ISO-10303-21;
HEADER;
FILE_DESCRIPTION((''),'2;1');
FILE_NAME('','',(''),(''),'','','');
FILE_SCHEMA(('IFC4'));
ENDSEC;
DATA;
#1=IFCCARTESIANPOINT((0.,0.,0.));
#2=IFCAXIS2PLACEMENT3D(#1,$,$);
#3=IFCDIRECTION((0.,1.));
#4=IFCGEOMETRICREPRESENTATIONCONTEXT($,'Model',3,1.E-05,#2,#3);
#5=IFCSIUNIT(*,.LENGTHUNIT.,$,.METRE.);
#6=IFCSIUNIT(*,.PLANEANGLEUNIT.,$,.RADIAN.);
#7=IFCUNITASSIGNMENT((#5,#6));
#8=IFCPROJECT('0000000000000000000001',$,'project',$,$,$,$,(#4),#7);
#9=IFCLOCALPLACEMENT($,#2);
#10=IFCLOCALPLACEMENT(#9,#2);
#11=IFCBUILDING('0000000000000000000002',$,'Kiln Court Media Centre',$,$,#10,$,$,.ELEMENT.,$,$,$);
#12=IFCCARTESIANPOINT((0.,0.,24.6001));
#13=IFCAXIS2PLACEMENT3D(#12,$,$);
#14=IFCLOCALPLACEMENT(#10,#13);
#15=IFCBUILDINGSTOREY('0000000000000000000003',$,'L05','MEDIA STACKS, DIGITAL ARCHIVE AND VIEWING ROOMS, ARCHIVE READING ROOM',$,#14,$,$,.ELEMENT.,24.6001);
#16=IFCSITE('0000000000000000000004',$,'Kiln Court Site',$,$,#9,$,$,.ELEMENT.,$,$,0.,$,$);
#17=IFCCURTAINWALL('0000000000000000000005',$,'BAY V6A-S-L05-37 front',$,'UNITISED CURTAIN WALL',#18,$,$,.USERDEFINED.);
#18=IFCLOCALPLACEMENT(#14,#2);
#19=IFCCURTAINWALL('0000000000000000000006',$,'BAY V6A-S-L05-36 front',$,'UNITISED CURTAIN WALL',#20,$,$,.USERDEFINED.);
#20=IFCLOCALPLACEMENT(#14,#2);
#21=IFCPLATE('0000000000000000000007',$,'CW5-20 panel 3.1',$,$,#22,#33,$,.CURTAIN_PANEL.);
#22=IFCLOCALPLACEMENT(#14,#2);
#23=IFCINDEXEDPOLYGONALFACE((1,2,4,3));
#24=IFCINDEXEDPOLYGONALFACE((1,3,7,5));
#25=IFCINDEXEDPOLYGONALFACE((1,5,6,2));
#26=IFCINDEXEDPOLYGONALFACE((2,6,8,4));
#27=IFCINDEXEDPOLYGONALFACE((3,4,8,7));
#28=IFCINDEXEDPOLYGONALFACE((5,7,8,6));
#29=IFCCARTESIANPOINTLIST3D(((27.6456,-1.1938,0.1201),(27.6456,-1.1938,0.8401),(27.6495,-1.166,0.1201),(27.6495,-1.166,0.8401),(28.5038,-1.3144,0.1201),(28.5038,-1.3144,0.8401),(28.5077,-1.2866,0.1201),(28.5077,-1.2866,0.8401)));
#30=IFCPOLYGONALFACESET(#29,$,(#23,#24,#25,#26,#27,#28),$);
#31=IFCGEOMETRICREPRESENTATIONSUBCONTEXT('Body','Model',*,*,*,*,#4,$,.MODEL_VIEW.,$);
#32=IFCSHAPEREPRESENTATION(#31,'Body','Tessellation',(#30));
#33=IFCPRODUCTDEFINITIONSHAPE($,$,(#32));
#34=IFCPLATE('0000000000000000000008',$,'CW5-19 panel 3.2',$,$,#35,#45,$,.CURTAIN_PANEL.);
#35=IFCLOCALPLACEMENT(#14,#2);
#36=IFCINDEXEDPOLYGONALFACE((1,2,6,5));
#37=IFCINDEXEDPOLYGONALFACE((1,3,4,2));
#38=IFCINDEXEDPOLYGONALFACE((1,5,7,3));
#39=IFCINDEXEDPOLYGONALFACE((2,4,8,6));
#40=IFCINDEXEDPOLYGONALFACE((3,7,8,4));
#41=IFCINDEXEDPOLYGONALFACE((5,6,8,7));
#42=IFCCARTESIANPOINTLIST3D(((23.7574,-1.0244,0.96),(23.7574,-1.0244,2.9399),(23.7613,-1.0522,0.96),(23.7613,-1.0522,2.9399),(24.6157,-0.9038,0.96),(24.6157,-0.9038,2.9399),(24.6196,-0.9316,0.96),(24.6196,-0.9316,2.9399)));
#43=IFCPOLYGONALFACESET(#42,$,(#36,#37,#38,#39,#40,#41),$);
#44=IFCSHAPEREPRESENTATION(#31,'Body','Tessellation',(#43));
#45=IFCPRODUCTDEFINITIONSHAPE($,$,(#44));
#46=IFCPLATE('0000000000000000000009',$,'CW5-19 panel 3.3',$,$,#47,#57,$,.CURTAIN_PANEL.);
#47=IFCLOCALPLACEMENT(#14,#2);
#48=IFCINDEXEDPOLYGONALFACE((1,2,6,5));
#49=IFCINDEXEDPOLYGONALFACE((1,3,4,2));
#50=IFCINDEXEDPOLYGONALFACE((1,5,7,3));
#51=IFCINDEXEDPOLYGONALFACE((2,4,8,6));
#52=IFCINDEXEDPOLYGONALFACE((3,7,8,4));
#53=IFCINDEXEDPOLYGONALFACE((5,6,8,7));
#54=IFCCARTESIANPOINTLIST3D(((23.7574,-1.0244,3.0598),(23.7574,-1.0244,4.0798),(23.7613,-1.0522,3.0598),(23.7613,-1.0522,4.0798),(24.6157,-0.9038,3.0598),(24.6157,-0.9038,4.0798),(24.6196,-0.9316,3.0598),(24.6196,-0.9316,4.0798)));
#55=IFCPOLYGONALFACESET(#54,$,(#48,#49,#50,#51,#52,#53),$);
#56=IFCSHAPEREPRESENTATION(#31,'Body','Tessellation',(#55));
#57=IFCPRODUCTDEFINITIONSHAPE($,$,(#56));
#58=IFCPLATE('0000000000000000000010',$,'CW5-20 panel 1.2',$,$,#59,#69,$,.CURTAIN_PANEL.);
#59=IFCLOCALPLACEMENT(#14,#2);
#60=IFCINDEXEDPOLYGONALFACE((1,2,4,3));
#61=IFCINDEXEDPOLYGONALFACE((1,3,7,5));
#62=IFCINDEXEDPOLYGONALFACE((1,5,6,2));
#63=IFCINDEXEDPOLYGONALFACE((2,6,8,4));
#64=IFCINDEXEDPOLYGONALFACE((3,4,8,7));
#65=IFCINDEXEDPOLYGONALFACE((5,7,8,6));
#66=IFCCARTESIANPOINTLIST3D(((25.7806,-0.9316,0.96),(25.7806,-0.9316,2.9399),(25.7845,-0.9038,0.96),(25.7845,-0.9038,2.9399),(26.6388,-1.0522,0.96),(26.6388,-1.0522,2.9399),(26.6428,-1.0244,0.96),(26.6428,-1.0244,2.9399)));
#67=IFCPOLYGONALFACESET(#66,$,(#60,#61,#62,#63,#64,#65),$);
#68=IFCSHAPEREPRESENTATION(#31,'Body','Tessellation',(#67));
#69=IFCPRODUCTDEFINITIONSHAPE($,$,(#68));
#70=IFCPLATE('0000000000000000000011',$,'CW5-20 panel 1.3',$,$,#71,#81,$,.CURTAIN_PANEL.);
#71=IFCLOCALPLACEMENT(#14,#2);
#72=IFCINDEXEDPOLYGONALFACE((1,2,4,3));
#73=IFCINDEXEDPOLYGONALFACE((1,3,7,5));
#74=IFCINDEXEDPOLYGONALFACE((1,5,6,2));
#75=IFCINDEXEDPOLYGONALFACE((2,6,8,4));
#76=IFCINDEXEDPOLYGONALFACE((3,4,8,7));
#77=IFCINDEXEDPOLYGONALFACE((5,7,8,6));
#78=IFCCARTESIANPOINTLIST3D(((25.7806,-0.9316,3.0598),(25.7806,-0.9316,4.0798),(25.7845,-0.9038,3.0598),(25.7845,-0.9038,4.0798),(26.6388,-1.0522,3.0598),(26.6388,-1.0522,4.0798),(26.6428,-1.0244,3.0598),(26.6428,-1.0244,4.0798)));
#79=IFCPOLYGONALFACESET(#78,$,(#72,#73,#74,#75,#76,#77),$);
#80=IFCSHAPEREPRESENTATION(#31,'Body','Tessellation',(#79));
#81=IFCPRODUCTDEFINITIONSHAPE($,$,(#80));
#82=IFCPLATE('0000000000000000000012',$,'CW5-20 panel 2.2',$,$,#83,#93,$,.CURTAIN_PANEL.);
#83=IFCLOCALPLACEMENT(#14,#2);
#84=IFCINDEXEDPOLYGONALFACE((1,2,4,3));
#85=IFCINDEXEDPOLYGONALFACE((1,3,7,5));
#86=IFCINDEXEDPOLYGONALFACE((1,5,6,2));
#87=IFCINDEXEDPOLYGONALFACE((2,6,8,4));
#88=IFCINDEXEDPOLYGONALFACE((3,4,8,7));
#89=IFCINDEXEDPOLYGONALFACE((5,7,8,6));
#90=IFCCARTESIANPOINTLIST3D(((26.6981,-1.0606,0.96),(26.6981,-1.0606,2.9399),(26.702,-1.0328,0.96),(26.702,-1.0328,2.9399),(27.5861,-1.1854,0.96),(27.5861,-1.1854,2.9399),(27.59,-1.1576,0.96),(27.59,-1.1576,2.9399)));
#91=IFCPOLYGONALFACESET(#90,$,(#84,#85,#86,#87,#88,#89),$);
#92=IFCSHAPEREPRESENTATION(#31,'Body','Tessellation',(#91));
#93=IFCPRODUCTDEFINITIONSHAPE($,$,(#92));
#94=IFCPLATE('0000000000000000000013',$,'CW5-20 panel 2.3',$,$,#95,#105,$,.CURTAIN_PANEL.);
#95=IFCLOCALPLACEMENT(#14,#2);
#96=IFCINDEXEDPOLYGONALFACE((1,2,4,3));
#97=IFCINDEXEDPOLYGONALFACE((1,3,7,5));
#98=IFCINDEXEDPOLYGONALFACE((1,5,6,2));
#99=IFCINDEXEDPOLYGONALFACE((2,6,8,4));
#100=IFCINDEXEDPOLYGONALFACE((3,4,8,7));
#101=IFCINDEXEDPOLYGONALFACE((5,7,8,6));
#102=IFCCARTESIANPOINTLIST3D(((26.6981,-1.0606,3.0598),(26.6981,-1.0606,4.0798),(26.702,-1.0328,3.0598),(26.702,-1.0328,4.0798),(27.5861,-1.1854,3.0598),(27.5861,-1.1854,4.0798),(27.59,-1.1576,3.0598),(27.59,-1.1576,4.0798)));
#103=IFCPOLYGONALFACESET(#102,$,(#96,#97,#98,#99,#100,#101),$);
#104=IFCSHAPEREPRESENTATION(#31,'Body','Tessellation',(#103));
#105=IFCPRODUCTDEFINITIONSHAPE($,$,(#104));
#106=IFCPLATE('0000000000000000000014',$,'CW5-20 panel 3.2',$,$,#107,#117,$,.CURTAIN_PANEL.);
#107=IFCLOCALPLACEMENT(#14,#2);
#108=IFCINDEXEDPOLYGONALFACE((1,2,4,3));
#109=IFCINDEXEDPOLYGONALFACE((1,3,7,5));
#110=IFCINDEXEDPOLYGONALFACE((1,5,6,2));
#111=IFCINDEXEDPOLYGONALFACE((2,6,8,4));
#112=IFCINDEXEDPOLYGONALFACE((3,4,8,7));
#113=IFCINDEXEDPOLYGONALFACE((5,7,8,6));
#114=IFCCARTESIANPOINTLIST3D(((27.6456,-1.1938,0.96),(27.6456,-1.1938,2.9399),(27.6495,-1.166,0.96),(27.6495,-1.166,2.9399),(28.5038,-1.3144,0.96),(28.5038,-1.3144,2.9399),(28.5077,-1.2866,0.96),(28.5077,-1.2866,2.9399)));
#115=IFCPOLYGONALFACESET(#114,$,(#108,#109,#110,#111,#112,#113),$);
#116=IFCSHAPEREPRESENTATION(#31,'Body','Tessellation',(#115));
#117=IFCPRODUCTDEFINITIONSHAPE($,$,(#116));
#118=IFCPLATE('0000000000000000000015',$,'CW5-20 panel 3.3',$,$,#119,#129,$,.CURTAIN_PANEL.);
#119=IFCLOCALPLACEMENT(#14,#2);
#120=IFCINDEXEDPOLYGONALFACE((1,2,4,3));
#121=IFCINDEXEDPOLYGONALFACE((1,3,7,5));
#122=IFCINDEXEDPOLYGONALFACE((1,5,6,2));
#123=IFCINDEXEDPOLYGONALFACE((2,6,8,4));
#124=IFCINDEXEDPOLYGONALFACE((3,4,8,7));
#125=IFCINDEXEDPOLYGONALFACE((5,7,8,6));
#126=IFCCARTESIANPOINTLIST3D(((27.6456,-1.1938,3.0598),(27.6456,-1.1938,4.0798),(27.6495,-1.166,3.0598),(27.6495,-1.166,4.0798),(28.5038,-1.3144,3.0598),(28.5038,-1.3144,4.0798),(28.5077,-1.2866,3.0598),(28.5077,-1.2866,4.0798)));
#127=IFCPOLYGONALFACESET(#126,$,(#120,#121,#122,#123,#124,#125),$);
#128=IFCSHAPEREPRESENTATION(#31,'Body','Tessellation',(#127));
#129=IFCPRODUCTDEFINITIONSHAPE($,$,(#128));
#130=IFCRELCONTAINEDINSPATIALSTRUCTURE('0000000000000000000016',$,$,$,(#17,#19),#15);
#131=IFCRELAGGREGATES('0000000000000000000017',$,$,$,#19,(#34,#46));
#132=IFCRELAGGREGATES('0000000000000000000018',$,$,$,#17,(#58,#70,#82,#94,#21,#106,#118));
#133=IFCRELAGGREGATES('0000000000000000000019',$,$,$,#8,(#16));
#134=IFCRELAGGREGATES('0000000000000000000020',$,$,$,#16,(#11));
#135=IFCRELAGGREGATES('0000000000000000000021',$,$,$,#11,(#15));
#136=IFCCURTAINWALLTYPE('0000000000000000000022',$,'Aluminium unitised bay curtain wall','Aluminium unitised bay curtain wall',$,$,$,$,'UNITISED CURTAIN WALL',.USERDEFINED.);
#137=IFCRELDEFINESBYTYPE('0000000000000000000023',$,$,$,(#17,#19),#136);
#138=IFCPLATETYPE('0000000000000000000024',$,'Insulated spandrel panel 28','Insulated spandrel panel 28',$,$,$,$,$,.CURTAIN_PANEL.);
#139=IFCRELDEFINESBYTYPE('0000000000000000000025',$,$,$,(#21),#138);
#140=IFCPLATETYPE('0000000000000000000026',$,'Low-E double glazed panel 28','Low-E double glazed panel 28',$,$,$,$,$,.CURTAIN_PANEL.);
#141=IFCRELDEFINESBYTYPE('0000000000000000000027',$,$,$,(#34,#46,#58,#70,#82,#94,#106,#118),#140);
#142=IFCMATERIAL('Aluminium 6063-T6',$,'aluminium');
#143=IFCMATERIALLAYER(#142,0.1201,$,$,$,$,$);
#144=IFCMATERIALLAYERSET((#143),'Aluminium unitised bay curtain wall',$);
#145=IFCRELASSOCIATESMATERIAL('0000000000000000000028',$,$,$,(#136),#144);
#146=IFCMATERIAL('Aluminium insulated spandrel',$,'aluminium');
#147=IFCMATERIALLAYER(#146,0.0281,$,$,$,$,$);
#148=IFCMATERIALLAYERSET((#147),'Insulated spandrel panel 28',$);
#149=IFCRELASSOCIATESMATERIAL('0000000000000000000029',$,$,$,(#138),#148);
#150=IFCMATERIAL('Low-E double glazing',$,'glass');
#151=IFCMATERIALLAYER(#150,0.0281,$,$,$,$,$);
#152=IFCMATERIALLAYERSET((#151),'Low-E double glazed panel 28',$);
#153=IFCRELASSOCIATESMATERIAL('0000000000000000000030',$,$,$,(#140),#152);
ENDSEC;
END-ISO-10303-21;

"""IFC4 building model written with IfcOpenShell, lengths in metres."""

from ifc_helpers import new_model, si_unit, direction, frame, origin, origin_2d, place, context, subcontext, project, spatial, rectangle, extrude, material, layer, layer_set, type_object, element, aggregate, save


model = new_model("IFC4")

# Units and contexts
model_context = context("Model", 3, precision=1e-05, world=origin(), true_north=direction((0.0, 1.0)))
body_context = subcontext(model_context, "Body", "Model", "MODEL_VIEW")
ifc_project = project(units=[si_unit("LENGTHUNIT", "METRE"), si_unit("PLANEANGLEUNIT", "RADIAN")], contexts=[model_context])

# Site, building, storey
site_placement = place(None, origin())
site = spatial("IfcSite", under=ifc_project, at=site_placement, Name="Kiln Court Site", CompositionType="ELEMENT", RefElevation=0.0)
building_placement = place(site_placement, origin())
building = spatial("IfcBuilding", under=site, at=building_placement, Name="Kiln Court Media Centre", CompositionType="ELEMENT")
storey_placement = place(building_placement, frame((0.0, 0.0, 24.6001)))
storey = spatial("IfcBuildingStorey", under=building, at=storey_placement, Name="L05", Description="MEDIA STACKS, DIGITAL ARCHIVE AND VIEWING ROOMS, ARCHIVE READING ROOM", CompositionType="ELEMENT", Elevation=24.6001)

# Curtain wall
ifc_material_1 = material(Name="Aluminium 6063-T6", Category="aluminium")
ifc_layer_1 = layer(ifc_material_1, 0.1201)
ifc_layer_set_1 = layer_set([ifc_layer_1], Name="Aluminium unitised bay curtain wall")
curtain_wall_type = type_object("IfcCurtainWallType", Name="Aluminium unitised bay curtain wall", Description="Aluminium unitised bay curtain wall", ElementType="UNITISED CURTAIN WALL", PredefinedType="USERDEFINED", material=ifc_layer_set_1)
curtain_wall_1_placement = place(storey_placement, origin())
curtain_wall_1 = element("IfcCurtainWall", 1, at=curtain_wall_1_placement, inside=storey, type_object=curtain_wall_type, Name="BAY V6A-S-L05-37 front", ObjectType="UNITISED CURTAIN WALL", PredefinedType="USERDEFINED")

# Curtain wall
curtain_wall_2_placement = place(storey_placement, origin())
curtain_wall_2 = element("IfcCurtainWall", 2, at=curtain_wall_2_placement, inside=storey, type_object=curtain_wall_type, Name="BAY V6A-S-L05-36 front", ObjectType="UNITISED CURTAIN WALL", PredefinedType="USERDEFINED")
ifc_material_2 = material(Name="Aluminium insulated spandrel", Category="aluminium")
ifc_layer_2 = layer(ifc_material_2, 0.0281)
ifc_layer_set_2 = layer_set([ifc_layer_2], Name="Insulated spandrel panel 28")
plate_type_1 = type_object("IfcPlateType", Name="Insulated spandrel panel 28", Description="Insulated spandrel panel 28", PredefinedType="CURTAIN_PANEL", material=ifc_layer_set_2)

# Plates
plate_1_placement = place(storey_placement, frame((28.0767, -1.2402, 0.1201), z_axis=(0.0, 0.0, 1.0), x_axis=(0.99027, -0.139162, 0.0)))
plate_1 = element("IfcPlate", 3, at=plate_1_placement, type_object=plate_type_1, Name="CW5-20 panel 3.1", PredefinedType="CURTAIN_PANEL", context=body_context, shape_type="SweptSolid", body=[
    extrude(rectangle(XDim=0.8667, YDim=0.0281, at=origin_2d()), origin(), (0.0, 0.0, 1.0), 0.72),
])
ifc_material_3 = material(Name="Low-E double glazing", Category="glass")
ifc_layer_3 = layer(ifc_material_3, 0.0281)
ifc_layer_set_3 = layer_set([ifc_layer_3], Name="Low-E double glazed panel 28")
plate_type_2 = type_object("IfcPlateType", Name="Low-E double glazed panel 28", Description="Low-E double glazed panel 28", PredefinedType="CURTAIN_PANEL", material=ifc_layer_set_3)
plate_2_placement = place(storey_placement, frame((24.1885, -0.978, 0.96), z_axis=(0.0, 0.0, 1.0), x_axis=(0.99027, 0.139162, 0.0)))
plate_2 = element("IfcPlate", 4, at=plate_2_placement, type_object=plate_type_2, Name="CW5-19 panel 3.2", PredefinedType="CURTAIN_PANEL", context=body_context, shape_type="SweptSolid", body=[
    extrude(rectangle(XDim=0.8667, YDim=0.0281, at=origin_2d()), origin(), (0.0, 0.0, 1.0), 1.98),
])
plate_3_placement = place(storey_placement, frame((24.1885, -0.978, 3.0598), z_axis=(0.0, 0.0, 1.0), x_axis=(0.99027, 0.139162, 0.0)))
plate_3 = element("IfcPlate", 5, at=plate_3_placement, type_object=plate_type_2, Name="CW5-19 panel 3.3", PredefinedType="CURTAIN_PANEL", context=body_context, shape_type="SweptSolid", body=[
    extrude(rectangle(XDim=0.8667, YDim=0.0281, at=origin_2d()), origin(), (0.0, 0.0, 1.0), 1.02),
])
aggregate(curtain_wall_2, [plate_2, plate_3])
plate_4_placement = place(storey_placement, frame((26.2117, -0.978, 0.96), z_axis=(0.0, 0.0, 1.0), x_axis=(0.99027, -0.139162, 0.0)))
plate_4 = element("IfcPlate", 6, at=plate_4_placement, type_object=plate_type_2, Name="CW5-20 panel 1.2", PredefinedType="CURTAIN_PANEL", context=body_context, shape_type="SweptSolid", body=[
    extrude(rectangle(XDim=0.8667, YDim=0.0281, at=origin_2d()), origin(), (0.0, 0.0, 1.0), 1.98),
])
plate_5_placement = place(storey_placement, frame((26.2117, -0.978, 3.0598), z_axis=(0.0, 0.0, 1.0), x_axis=(0.99027, -0.139162, 0.0)))
plate_5 = element("IfcPlate", 7, at=plate_5_placement, type_object=plate_type_2, Name="CW5-20 panel 1.3", PredefinedType="CURTAIN_PANEL", context=body_context, shape_type="SweptSolid", body=[
    extrude(rectangle(XDim=0.8667, YDim=0.0281, at=origin_2d()), origin(), (0.0, 0.0, 1.0), 1.02),
])
plate_6_placement = place(storey_placement, frame((27.144, -1.1091, 0.96), z_axis=(0.0, 0.0, 1.0), x_axis=(0.99027, -0.139162, 0.0)))
plate_6 = element("IfcPlate", 8, at=plate_6_placement, type_object=plate_type_2, Name="CW5-20 panel 2.2", PredefinedType="CURTAIN_PANEL", context=body_context, shape_type="SweptSolid", body=[
    extrude(rectangle(XDim=0.8967, YDim=0.0281, at=origin_2d()), origin(), (0.0, 0.0, 1.0), 1.98),
])
plate_7_placement = place(storey_placement, frame((27.144, -1.1091, 3.0598), z_axis=(0.0, 0.0, 1.0), x_axis=(0.99027, -0.139162, 0.0)))
plate_7 = element("IfcPlate", 9, at=plate_7_placement, type_object=plate_type_2, Name="CW5-20 panel 2.3", PredefinedType="CURTAIN_PANEL", context=body_context, shape_type="SweptSolid", body=[
    extrude(rectangle(XDim=0.8967, YDim=0.0281, at=origin_2d()), origin(), (0.0, 0.0, 1.0), 1.02),
])
plate_8_placement = place(storey_placement, frame((28.0767, -1.2402, 0.96), z_axis=(0.0, 0.0, 1.0), x_axis=(0.99027, -0.139162, 0.0)))
plate_8 = element("IfcPlate", 10, at=plate_8_placement, type_object=plate_type_2, Name="CW5-20 panel 3.2", PredefinedType="CURTAIN_PANEL", context=body_context, shape_type="SweptSolid", body=[
    extrude(rectangle(XDim=0.8667, YDim=0.0281, at=origin_2d()), origin(), (0.0, 0.0, 1.0), 1.98),
])
plate_9_placement = place(storey_placement, frame((28.0767, -1.2402, 3.0598), z_axis=(0.0, 0.0, 1.0), x_axis=(0.99027, -0.139162, 0.0)))
plate_9 = element("IfcPlate", 11, at=plate_9_placement, type_object=plate_type_2, Name="CW5-20 panel 3.3", PredefinedType="CURTAIN_PANEL", context=body_context, shape_type="SweptSolid", body=[
    extrude(rectangle(XDim=0.8667, YDim=0.0281, at=origin_2d()), origin(), (0.0, 0.0, 1.0), 1.02),
])
aggregate(curtain_wall_1, [plate_4, plate_5, plate_6, plate_7, plate_1, plate_8, plate_9])

save(model, "model.ifc")
